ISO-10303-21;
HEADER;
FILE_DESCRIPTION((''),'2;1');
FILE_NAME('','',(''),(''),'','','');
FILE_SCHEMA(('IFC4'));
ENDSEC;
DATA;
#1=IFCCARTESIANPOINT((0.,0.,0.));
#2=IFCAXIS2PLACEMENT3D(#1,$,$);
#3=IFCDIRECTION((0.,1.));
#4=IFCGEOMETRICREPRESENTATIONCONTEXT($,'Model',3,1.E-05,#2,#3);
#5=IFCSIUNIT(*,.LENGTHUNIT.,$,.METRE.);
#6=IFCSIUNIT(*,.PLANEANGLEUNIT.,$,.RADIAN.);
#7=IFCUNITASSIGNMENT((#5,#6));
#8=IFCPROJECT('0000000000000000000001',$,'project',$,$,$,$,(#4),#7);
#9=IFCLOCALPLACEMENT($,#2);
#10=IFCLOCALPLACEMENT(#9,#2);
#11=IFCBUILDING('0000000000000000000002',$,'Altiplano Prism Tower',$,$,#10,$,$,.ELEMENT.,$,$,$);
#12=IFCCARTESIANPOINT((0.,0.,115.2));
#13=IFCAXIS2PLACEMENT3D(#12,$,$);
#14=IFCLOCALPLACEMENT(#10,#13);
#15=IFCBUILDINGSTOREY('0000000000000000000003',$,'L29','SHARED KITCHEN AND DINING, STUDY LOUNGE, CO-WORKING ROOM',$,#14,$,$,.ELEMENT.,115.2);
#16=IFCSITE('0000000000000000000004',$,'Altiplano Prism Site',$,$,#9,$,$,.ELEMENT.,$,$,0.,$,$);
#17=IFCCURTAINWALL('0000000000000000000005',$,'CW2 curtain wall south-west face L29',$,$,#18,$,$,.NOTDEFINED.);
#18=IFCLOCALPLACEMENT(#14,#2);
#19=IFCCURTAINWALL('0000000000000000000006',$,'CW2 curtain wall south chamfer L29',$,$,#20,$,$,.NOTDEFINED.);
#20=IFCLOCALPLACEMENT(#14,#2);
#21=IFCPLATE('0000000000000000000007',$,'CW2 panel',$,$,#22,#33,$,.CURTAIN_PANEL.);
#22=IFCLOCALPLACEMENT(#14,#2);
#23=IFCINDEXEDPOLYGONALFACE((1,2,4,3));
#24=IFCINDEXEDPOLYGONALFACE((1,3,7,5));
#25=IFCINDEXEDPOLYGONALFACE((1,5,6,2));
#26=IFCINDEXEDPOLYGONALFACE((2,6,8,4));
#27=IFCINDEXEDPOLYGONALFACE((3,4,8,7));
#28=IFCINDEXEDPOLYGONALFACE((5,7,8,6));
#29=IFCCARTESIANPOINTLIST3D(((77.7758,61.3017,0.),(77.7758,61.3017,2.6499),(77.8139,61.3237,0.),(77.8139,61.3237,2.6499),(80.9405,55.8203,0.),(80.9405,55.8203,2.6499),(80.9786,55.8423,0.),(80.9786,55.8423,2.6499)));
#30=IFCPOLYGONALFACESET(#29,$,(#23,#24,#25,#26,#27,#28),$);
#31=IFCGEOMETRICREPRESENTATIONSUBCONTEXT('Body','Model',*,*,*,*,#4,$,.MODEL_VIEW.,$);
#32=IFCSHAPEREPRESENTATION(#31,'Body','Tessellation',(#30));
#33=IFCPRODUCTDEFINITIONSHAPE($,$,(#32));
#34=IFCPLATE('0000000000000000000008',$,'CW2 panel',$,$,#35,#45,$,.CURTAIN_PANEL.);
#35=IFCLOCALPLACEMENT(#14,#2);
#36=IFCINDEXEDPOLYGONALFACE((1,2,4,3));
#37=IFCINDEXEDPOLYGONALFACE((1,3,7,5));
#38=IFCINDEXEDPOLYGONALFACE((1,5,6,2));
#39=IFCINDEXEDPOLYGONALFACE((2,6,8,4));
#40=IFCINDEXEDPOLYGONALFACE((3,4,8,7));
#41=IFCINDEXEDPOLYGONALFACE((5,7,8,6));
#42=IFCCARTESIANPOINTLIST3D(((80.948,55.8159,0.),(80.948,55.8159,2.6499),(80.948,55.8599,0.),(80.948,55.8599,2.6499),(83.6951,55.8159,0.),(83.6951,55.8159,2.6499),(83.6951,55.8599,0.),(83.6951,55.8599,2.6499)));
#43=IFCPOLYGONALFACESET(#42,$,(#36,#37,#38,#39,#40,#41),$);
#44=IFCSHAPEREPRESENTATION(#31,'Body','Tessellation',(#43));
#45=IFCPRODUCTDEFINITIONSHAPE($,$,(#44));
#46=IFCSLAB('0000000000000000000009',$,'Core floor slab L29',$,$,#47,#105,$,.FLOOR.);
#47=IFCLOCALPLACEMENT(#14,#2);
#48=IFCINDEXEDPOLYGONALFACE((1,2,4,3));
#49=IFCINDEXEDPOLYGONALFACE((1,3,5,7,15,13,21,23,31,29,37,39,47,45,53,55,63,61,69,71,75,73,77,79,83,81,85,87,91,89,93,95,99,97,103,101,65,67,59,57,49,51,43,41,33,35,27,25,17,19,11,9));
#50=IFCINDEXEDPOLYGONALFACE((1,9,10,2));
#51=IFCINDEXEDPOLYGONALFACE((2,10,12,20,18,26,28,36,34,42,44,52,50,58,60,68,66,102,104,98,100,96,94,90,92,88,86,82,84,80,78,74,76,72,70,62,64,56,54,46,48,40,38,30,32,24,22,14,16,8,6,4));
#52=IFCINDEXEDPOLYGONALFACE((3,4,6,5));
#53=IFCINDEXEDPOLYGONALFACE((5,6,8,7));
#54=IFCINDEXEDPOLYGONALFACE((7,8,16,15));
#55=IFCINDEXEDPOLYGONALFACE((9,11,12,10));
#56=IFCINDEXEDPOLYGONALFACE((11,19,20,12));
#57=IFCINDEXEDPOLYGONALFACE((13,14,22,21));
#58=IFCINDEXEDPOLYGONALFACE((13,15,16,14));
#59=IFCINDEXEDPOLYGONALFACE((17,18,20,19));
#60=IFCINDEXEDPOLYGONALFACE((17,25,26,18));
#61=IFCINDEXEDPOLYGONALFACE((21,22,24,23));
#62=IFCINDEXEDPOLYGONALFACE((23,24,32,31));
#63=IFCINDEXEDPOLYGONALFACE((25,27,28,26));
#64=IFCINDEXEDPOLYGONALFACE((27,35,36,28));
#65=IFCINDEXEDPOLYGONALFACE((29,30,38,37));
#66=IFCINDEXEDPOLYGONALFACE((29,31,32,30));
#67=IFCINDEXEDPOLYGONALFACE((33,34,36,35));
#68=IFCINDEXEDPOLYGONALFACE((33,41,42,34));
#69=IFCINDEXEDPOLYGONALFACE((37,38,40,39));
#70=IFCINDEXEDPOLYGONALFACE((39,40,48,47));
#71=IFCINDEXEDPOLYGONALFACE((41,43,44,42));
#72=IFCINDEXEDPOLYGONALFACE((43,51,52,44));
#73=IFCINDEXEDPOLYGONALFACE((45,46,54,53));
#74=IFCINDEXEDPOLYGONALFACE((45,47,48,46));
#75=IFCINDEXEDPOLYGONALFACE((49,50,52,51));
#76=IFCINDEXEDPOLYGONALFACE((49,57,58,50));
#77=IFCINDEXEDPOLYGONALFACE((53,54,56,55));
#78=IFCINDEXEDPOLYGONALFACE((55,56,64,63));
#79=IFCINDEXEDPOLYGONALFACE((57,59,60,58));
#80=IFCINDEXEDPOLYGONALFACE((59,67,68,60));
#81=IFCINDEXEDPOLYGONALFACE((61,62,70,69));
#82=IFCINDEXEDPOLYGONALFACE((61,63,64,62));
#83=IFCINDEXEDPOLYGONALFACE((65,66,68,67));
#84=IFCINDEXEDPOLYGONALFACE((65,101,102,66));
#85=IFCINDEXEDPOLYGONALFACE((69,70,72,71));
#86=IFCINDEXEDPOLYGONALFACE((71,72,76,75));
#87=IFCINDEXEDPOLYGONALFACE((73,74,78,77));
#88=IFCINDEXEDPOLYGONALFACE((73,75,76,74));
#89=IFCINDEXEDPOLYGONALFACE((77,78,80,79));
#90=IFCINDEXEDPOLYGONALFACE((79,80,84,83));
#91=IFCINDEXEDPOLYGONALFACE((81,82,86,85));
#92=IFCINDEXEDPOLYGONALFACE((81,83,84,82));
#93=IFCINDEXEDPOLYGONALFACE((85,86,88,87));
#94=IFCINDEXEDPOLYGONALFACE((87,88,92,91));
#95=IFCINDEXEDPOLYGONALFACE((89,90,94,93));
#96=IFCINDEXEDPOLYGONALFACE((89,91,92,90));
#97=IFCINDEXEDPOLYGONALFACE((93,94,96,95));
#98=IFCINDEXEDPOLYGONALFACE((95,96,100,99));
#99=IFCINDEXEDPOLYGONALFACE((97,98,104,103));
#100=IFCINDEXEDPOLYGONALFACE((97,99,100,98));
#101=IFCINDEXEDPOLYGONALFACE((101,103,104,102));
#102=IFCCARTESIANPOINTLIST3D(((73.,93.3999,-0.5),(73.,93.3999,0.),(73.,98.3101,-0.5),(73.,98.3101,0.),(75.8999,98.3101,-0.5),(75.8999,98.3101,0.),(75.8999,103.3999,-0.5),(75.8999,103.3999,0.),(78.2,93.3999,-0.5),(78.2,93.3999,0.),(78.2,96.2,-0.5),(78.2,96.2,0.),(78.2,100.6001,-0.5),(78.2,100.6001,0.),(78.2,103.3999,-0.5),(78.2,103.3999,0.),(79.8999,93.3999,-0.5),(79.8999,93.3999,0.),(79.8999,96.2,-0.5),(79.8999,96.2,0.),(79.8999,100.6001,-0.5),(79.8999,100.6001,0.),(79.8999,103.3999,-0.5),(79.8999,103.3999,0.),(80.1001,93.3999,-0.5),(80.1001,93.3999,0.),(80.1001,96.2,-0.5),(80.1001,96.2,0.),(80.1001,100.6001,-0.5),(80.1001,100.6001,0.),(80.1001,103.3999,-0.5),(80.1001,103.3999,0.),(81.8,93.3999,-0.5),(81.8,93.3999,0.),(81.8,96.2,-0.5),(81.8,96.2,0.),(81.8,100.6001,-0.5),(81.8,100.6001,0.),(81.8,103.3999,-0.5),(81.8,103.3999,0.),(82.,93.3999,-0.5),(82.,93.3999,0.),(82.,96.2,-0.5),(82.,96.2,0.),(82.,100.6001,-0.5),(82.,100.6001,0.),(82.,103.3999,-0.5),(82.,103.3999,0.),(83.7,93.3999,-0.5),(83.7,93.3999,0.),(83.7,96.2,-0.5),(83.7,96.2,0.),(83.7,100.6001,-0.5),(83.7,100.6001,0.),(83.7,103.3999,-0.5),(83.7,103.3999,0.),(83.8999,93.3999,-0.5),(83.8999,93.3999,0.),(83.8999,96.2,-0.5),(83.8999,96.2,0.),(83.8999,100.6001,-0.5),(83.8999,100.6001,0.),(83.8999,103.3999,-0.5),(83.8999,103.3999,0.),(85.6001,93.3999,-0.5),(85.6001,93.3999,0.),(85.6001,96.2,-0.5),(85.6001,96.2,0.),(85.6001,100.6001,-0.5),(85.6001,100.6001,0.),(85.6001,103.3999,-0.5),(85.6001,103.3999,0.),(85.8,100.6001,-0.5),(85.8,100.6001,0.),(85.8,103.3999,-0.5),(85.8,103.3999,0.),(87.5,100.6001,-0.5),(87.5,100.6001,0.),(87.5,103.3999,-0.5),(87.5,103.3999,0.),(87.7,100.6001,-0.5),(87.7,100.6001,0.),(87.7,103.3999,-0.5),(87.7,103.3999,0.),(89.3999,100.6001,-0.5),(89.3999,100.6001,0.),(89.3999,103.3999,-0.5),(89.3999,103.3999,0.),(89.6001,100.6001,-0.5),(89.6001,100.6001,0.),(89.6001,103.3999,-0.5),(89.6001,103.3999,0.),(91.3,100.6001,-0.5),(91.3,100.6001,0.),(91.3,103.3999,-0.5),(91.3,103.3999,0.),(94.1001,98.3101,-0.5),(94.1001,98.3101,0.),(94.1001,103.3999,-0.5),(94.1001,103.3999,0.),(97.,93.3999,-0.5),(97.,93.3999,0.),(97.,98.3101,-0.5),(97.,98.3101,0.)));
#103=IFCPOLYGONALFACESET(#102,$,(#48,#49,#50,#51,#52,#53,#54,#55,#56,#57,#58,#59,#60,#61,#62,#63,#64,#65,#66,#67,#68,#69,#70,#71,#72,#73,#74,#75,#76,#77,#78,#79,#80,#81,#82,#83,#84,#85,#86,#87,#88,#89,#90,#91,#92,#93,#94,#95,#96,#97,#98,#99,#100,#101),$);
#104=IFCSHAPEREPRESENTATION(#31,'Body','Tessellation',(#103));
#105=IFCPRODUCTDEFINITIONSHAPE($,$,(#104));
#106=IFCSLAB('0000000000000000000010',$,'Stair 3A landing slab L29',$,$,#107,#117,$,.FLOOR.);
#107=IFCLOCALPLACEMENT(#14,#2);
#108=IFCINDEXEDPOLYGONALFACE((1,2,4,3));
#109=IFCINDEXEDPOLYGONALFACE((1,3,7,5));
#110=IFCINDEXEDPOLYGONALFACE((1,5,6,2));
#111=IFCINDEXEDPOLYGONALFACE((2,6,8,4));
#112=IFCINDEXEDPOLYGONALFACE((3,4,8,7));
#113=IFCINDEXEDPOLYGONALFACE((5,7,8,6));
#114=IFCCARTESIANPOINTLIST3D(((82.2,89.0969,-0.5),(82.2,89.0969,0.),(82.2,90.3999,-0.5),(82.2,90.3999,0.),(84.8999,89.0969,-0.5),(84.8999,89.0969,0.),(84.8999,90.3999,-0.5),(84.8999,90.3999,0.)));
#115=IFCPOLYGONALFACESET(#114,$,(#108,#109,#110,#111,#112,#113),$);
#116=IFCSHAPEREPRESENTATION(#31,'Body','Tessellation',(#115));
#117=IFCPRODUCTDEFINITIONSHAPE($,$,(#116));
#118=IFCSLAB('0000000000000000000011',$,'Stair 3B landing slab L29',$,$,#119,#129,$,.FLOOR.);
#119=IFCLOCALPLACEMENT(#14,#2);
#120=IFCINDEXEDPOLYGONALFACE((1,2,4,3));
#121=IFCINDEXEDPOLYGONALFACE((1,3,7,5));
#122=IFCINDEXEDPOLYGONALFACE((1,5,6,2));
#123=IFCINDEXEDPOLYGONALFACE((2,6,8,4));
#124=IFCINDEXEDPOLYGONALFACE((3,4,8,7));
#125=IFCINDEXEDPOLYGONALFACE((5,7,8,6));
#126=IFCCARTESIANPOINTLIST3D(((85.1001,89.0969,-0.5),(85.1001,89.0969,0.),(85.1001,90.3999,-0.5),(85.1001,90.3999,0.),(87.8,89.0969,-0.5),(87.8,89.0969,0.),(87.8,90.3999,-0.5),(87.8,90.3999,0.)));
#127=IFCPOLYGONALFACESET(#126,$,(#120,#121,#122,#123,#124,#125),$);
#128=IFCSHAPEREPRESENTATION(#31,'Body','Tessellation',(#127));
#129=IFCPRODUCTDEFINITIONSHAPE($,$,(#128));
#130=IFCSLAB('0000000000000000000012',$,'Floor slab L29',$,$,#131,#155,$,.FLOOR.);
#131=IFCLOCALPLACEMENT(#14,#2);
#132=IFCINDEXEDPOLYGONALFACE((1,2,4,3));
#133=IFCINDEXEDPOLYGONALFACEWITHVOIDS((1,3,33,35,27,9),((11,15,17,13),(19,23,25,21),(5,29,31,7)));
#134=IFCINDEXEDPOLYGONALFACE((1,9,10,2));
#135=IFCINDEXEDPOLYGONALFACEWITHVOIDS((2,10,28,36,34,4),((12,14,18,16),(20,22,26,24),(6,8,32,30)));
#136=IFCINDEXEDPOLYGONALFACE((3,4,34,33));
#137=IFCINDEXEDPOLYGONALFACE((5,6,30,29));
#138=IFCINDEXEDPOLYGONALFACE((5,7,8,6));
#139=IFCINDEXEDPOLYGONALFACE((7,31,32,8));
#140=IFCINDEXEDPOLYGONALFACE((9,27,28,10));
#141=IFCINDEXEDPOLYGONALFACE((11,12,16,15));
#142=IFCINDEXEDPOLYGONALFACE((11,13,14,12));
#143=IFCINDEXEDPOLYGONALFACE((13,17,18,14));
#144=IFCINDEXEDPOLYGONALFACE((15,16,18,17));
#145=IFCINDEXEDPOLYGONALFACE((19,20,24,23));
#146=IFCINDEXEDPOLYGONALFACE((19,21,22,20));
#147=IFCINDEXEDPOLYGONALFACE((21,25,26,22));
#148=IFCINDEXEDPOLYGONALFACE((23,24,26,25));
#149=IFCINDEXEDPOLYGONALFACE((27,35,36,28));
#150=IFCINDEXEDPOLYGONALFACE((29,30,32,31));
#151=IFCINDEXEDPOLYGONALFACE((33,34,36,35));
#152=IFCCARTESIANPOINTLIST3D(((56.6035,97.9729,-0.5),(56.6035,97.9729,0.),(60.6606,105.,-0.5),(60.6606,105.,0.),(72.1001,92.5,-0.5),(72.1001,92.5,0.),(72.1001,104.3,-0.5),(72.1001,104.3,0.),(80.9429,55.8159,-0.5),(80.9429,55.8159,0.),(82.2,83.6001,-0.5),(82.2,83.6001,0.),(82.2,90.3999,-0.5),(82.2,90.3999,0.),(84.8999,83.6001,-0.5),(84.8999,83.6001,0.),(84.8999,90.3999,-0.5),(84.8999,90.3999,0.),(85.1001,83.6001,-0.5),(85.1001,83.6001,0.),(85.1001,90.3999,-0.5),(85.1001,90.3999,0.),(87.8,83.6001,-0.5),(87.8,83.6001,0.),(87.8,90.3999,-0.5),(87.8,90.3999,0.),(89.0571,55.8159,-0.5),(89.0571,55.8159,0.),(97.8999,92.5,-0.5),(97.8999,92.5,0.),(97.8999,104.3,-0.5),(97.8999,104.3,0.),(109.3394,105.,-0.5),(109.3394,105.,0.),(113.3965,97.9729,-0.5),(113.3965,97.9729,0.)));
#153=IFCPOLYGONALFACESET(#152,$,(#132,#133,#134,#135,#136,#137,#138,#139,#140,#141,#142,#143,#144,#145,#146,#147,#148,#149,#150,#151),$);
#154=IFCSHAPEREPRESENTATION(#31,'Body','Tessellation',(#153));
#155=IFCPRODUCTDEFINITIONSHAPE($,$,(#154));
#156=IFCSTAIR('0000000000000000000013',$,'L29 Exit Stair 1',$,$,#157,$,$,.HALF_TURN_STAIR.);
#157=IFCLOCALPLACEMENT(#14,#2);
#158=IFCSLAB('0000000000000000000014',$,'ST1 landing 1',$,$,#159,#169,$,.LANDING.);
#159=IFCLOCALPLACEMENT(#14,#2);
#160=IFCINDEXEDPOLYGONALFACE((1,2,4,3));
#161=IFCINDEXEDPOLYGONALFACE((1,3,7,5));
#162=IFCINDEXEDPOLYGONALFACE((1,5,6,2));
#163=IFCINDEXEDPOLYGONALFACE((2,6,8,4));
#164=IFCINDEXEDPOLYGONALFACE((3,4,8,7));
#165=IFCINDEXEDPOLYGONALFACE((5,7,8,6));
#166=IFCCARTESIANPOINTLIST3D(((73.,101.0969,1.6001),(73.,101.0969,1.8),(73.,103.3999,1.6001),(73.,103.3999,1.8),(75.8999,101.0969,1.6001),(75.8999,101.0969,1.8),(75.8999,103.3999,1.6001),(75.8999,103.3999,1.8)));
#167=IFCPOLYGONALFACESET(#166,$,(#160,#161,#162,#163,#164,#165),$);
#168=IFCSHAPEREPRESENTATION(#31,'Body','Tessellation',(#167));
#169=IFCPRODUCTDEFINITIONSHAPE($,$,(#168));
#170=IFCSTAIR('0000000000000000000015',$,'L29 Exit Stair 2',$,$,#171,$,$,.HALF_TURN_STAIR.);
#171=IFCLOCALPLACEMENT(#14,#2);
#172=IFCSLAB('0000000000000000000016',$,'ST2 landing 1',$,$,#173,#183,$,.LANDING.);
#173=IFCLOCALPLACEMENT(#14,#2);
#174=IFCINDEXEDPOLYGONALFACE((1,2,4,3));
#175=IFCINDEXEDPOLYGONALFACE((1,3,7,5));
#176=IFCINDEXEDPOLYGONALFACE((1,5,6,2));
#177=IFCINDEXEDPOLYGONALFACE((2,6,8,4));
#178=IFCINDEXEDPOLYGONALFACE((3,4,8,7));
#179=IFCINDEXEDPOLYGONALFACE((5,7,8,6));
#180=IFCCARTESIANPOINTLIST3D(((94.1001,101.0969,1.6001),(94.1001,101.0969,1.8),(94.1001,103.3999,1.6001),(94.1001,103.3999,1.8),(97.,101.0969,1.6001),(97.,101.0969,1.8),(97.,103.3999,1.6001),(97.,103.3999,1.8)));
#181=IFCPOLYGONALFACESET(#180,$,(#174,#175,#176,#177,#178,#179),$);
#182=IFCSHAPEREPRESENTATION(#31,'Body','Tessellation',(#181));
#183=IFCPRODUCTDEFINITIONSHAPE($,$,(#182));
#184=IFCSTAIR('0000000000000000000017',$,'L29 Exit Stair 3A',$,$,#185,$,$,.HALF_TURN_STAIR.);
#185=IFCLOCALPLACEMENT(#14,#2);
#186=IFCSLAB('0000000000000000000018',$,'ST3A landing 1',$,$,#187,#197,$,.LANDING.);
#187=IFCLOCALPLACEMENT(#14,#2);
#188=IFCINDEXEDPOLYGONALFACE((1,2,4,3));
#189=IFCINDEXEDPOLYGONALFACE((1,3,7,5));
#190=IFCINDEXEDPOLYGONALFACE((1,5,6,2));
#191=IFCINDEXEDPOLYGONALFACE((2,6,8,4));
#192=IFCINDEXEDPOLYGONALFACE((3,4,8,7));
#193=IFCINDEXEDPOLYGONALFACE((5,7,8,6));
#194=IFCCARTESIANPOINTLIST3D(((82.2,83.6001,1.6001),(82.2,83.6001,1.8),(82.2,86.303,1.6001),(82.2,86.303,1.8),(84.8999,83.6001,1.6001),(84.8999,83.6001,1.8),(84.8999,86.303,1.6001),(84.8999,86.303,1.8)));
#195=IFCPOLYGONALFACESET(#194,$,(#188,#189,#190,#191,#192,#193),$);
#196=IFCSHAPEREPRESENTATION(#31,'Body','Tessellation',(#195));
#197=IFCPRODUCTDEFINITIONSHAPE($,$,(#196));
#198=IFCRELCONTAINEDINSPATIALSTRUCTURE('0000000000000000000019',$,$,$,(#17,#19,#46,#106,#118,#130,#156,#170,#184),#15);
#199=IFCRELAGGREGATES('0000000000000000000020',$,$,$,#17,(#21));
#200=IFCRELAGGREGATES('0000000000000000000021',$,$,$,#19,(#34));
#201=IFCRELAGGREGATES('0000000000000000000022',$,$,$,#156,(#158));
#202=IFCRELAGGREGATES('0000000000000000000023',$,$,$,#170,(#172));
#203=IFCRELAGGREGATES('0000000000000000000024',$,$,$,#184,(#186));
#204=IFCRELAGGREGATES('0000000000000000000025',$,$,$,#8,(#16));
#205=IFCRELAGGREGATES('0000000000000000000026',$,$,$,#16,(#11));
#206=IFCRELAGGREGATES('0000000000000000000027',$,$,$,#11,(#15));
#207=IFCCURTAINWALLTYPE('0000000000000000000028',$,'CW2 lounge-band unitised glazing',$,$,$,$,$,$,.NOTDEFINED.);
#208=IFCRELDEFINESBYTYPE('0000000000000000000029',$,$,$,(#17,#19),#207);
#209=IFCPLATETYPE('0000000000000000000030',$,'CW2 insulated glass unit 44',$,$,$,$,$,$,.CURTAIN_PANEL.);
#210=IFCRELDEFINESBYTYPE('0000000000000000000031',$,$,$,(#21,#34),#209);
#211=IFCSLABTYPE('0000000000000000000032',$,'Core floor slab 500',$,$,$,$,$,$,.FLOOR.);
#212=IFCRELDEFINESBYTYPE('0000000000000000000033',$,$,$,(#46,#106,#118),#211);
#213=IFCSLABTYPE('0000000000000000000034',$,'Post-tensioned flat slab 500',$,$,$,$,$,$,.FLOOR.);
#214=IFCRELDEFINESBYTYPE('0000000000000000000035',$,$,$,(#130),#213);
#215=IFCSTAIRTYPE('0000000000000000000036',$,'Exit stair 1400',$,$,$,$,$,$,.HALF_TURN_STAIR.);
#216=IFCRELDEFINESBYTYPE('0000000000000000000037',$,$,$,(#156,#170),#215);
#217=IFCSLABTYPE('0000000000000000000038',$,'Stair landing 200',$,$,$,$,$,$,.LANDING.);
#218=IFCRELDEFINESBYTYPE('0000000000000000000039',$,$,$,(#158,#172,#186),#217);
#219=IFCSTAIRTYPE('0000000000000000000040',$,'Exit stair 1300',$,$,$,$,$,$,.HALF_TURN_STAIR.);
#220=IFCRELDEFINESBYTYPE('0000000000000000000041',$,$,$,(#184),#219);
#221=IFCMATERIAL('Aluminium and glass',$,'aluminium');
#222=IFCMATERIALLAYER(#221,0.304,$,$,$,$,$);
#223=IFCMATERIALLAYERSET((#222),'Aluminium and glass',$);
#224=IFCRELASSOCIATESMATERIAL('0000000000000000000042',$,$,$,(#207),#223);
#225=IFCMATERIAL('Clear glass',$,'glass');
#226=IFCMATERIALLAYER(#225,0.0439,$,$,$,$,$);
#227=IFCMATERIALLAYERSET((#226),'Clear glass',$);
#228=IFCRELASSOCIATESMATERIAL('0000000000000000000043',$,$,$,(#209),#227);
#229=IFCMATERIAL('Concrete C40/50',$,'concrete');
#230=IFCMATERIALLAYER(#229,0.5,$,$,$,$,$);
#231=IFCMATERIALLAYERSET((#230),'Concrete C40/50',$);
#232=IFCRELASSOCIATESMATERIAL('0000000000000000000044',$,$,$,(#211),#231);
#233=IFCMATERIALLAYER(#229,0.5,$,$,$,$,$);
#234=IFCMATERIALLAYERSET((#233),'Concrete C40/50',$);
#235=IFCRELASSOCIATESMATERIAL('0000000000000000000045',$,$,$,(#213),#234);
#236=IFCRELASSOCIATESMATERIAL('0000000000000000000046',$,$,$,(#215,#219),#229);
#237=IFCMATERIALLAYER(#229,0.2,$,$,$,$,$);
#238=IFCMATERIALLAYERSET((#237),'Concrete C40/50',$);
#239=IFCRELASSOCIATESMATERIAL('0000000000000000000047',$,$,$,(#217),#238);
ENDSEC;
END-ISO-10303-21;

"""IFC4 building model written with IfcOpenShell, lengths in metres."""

from ifc_helpers import new_model, si_unit, direction, frame, origin, origin_2d, place, context, subcontext, project, spatial, polyline, rectangle, outline, extrude, material, layer, layer_set, type_object, element, aggregate, save


model = new_model("IFC4")

# Units and contexts
model_context = context("Model", 3, precision=1e-05, world=origin(), true_north=direction((0.0, 1.0)))
body_context = subcontext(model_context, "Body", "Model", "MODEL_VIEW")
ifc_project = project(units=[si_unit("LENGTHUNIT", "METRE"), si_unit("PLANEANGLEUNIT", "RADIAN")], contexts=[model_context])

# Site, building, storey
site_placement = place(None, origin())
site = spatial("IfcSite", under=ifc_project, at=site_placement, Name="Altiplano Prism Site", CompositionType="ELEMENT", RefElevation=0.0)
building_placement = place(site_placement, origin())
building = spatial("IfcBuilding", under=site, at=building_placement, Name="Altiplano Prism Tower", CompositionType="ELEMENT")
storey_placement = place(building_placement, frame((0.0, 0.0, 115.2)))
storey = spatial("IfcBuildingStorey", under=building, at=storey_placement, Name="L29", Description="SHARED KITCHEN AND DINING, STUDY LOUNGE, CO-WORKING ROOM", CompositionType="ELEMENT", Elevation=115.2)

# Curtain wall
ifc_material_1 = material(Name="Aluminium and glass", Category="aluminium")
ifc_layer_1 = layer(ifc_material_1, 0.304)
ifc_layer_set_1 = layer_set([ifc_layer_1], Name="Aluminium and glass")
curtain_wall_type = type_object("IfcCurtainWallType", Name="CW2 lounge-band unitised glazing", PredefinedType="NOTDEFINED", material=ifc_layer_set_1)
curtain_wall_1_placement = place(storey_placement, origin())
curtain_wall_1 = element("IfcCurtainWall", 1, at=curtain_wall_1_placement, inside=storey, type_object=curtain_wall_type, Name="CW2 curtain wall south-west face L29", PredefinedType="NOTDEFINED")

# Curtain wall
curtain_wall_2_placement = place(storey_placement, origin())
curtain_wall_2 = element("IfcCurtainWall", 2, at=curtain_wall_2_placement, inside=storey, type_object=curtain_wall_type, Name="CW2 curtain wall south chamfer L29", PredefinedType="NOTDEFINED")

# Plates
ifc_material_2 = material(Name="Clear glass", Category="glass")
ifc_layer_2 = layer(ifc_material_2, 0.0439)
ifc_layer_set_2 = layer_set([ifc_layer_2], Name="Clear glass")
plate_type = type_object("IfcPlateType", Name="CW2 insulated glass unit 44", PredefinedType="CURTAIN_PANEL", material=ifc_layer_set_2)
plate_1_placement = place(storey_placement, frame((79.3772, 58.572, 0.0), z_axis=(0.0, 0.0, 1.0), x_axis=(0.5, -0.866025, 0.0)))
plate_1 = element("IfcPlate", 3, at=plate_1_placement, type_object=plate_type, Name="CW2 panel", PredefinedType="CURTAIN_PANEL", context=body_context, shape_type="SweptSolid", body=[
    extrude(rectangle(XDim=6.3293, YDim=0.0439, at=origin_2d()), origin(), (0.0, 0.0, 1.0), 2.6499),
])
aggregate(curtain_wall_1, [plate_1])
plate_2_placement = place(storey_placement, frame((82.3215, 55.8379, 0.0), z_axis=(0.0, 0.0, 1.0), x_axis=(1.0, 0.0, 0.0)))
plate_2 = element("IfcPlate", 4, at=plate_2_placement, type_object=plate_type, Name="CW2 panel", PredefinedType="CURTAIN_PANEL", context=body_context, shape_type="SweptSolid", body=[
    extrude(rectangle(XDim=2.7471, YDim=0.0439, at=origin_2d()), origin(), (0.0, 0.0, 1.0), 2.6499),
])
aggregate(curtain_wall_2, [plate_2])

# Slabs
ifc_material_3 = material(Name="Concrete C40/50", Category="concrete")
ifc_layer_3 = layer(ifc_material_3, 0.5)
ifc_layer_set_3 = layer_set([ifc_layer_3], Name="Concrete C40/50")
slab_type_1 = type_object("IfcSlabType", Name="Core floor slab 500", PredefinedType="FLOOR", material=ifc_layer_set_3)
slab_1_placement = place(storey_placement, frame((0.0, 0.0, -0.5)))
element("IfcSlab", 5, at=slab_1_placement, inside=storey, type_object=slab_type_1, Name="Core floor slab L29", PredefinedType="FLOOR", context=body_context, shape_type="SweptSolid", body=[
    extrude(outline(polyline([(97.0, 98.3101), (94.1001, 98.3101), (94.1001, 103.3999), (91.3, 103.3999), (91.3, 100.6001), (89.6001, 100.6001), (89.6001, 103.3999), (89.3999, 103.3999), (89.3999, 100.6001), (87.7, 100.6001), (87.7, 103.3999), (87.5, 103.3999), (87.5, 100.6001), (85.8, 100.6001), (85.8, 103.3999), (85.6001, 103.3999), (85.6001, 100.6001), (83.8999, 100.6001), (83.8999, 103.3999), (83.7, 103.3999), (83.7, 100.6001), (82.0, 100.6001), (82.0, 103.3999), (81.8, 103.3999), (81.8, 100.6001), (80.1001, 100.6001), (80.1001, 103.3999), (79.8999, 103.3999), (79.8999, 100.6001), (78.2, 100.6001), (78.2, 103.3999), (75.8999, 103.3999), (75.8999, 98.3101), (73.0, 98.3101), (73.0, 93.3999), (78.2, 93.3999), (78.2, 96.2), (79.8999, 96.2), (79.8999, 93.3999), (80.1001, 93.3999), (80.1001, 96.2), (81.8, 96.2), (81.8, 93.3999), (82.0, 93.3999), (82.0, 96.2), (83.7, 96.2), (83.7, 93.3999), (83.8999, 93.3999), (83.8999, 96.2), (85.6001, 96.2), (85.6001, 93.3999), (97.0, 93.3999), (97.0, 98.3101)])), origin(), (0.0, 0.0, 1.0), 0.5),
])
slab_2_placement = place(storey_placement, frame((0.0, 0.0, -0.5)))
element("IfcSlab", 6, at=slab_2_placement, inside=storey, type_object=slab_type_1, Name="Stair 3A landing slab L29", PredefinedType="FLOOR", context=body_context, shape_type="SweptSolid", body=[
    extrude(outline(polyline([(82.2, 89.0969), (84.8999, 89.0969), (84.8999, 90.3999), (82.2, 90.3999), (82.2, 89.0969)])), origin(), (0.0, 0.0, 1.0), 0.5),
])
slab_3_placement = place(storey_placement, frame((0.0, 0.0, -0.5)))
element("IfcSlab", 7, at=slab_3_placement, inside=storey, type_object=slab_type_1, Name="Stair 3B landing slab L29", PredefinedType="FLOOR", context=body_context, shape_type="SweptSolid", body=[
    extrude(outline(polyline([(85.1001, 89.0969), (87.8, 89.0969), (87.8, 90.3999), (85.1001, 90.3999), (85.1001, 89.0969)])), origin(), (0.0, 0.0, 1.0), 0.5),
])
ifc_layer_4 = layer(ifc_material_3, 0.5)
ifc_layer_set_4 = layer_set([ifc_layer_4], Name="Concrete C40/50")
slab_type_2 = type_object("IfcSlabType", Name="Post-tensioned flat slab 500", PredefinedType="FLOOR", material=ifc_layer_set_4)
slab_4_placement = place(storey_placement, frame((0.0, 0.0, -0.5)))
element("IfcSlab", 8, at=slab_4_placement, inside=storey, type_object=slab_type_2, Name="Floor slab L29", PredefinedType="FLOOR", context=body_context, shape_type="SweptSolid", body=[
    extrude(outline(polyline([(80.9429, 55.8159), (56.6035, 97.9729), (60.6606, 105.0), (109.3394, 105.0), (113.3965, 97.9729), (89.0571, 55.8159), (80.9429, 55.8159)]), holes=[polyline([(72.1001, 104.3), (72.1001, 92.5), (97.8999, 92.5), (97.8999, 104.3), (72.1001, 104.3)]), polyline([(84.8999, 90.3999), (82.2, 90.3999), (82.2, 83.6001), (84.8999, 83.6001), (84.8999, 90.3999)]), polyline([(87.8, 83.6001), (87.8, 90.3999), (85.1001, 90.3999), (85.1001, 83.6001), (87.8, 83.6001)])]), origin(), (0.0, 0.0, 1.0), 0.5),
])

# Stairs, slabs
stair_type_1 = type_object("IfcStairType", Name="Exit stair 1400", PredefinedType="HALF_TURN_STAIR", material=ifc_material_3)
stair_1_placement = place(storey_placement, origin())
stair_1 = element("IfcStair", 9, at=stair_1_placement, inside=storey, type_object=stair_type_1, Name="L29 Exit Stair 1", PredefinedType="HALF_TURN_STAIR")
ifc_layer_5 = layer(ifc_material_3, 0.2)
ifc_layer_set_5 = layer_set([ifc_layer_5], Name="Concrete C40/50")
slab_type_3 = type_object("IfcSlabType", Name="Stair landing 200", PredefinedType="LANDING", material=ifc_layer_set_5)
slab_5_placement = place(storey_placement, frame((0.0, 0.0, 1.6001)))
slab_5 = element("IfcSlab", 10, at=slab_5_placement, type_object=slab_type_3, Name="ST1 landing 1", PredefinedType="LANDING", context=body_context, shape_type="SweptSolid", body=[
    extrude(outline(polyline([(75.8999, 101.0969), (75.8999, 103.3999), (73.0, 103.3999), (73.0, 101.0969), (75.8999, 101.0969)])), origin(), (0.0, 0.0, 1.0), 0.2),
])
aggregate(stair_1, [slab_5])
stair_2_placement = place(storey_placement, origin())
stair_2 = element("IfcStair", 11, at=stair_2_placement, inside=storey, type_object=stair_type_1, Name="L29 Exit Stair 2", PredefinedType="HALF_TURN_STAIR")
slab_6_placement = place(storey_placement, frame((0.0, 0.0, 1.6001)))
slab_6 = element("IfcSlab", 12, at=slab_6_placement, type_object=slab_type_3, Name="ST2 landing 1", PredefinedType="LANDING", context=body_context, shape_type="SweptSolid", body=[
    extrude(outline(polyline([(97.0, 101.0969), (97.0, 103.3999), (94.1001, 103.3999), (94.1001, 101.0969), (97.0, 101.0969)])), origin(), (0.0, 0.0, 1.0), 0.2),
])
aggregate(stair_2, [slab_6])
stair_type_2 = type_object("IfcStairType", Name="Exit stair 1300", PredefinedType="HALF_TURN_STAIR", material=ifc_material_3)
stair_3_placement = place(storey_placement, origin())
stair_3 = element("IfcStair", 13, at=stair_3_placement, inside=storey, type_object=stair_type_2, Name="L29 Exit Stair 3A", PredefinedType="HALF_TURN_STAIR")
slab_7_placement = place(storey_placement, frame((0.0, 0.0, 1.6001)))
slab_7 = element("IfcSlab", 14, at=slab_7_placement, type_object=slab_type_3, Name="ST3A landing 1", PredefinedType="LANDING", context=body_context, shape_type="SweptSolid", body=[
    extrude(outline(polyline([(82.2, 86.303), (82.2, 83.6001), (84.8999, 83.6001), (84.8999, 86.303), (82.2, 86.303)])), origin(), (0.0, 0.0, 1.0), 0.2),
])
aggregate(stair_3, [slab_7])

save(model, "model.ifc")
